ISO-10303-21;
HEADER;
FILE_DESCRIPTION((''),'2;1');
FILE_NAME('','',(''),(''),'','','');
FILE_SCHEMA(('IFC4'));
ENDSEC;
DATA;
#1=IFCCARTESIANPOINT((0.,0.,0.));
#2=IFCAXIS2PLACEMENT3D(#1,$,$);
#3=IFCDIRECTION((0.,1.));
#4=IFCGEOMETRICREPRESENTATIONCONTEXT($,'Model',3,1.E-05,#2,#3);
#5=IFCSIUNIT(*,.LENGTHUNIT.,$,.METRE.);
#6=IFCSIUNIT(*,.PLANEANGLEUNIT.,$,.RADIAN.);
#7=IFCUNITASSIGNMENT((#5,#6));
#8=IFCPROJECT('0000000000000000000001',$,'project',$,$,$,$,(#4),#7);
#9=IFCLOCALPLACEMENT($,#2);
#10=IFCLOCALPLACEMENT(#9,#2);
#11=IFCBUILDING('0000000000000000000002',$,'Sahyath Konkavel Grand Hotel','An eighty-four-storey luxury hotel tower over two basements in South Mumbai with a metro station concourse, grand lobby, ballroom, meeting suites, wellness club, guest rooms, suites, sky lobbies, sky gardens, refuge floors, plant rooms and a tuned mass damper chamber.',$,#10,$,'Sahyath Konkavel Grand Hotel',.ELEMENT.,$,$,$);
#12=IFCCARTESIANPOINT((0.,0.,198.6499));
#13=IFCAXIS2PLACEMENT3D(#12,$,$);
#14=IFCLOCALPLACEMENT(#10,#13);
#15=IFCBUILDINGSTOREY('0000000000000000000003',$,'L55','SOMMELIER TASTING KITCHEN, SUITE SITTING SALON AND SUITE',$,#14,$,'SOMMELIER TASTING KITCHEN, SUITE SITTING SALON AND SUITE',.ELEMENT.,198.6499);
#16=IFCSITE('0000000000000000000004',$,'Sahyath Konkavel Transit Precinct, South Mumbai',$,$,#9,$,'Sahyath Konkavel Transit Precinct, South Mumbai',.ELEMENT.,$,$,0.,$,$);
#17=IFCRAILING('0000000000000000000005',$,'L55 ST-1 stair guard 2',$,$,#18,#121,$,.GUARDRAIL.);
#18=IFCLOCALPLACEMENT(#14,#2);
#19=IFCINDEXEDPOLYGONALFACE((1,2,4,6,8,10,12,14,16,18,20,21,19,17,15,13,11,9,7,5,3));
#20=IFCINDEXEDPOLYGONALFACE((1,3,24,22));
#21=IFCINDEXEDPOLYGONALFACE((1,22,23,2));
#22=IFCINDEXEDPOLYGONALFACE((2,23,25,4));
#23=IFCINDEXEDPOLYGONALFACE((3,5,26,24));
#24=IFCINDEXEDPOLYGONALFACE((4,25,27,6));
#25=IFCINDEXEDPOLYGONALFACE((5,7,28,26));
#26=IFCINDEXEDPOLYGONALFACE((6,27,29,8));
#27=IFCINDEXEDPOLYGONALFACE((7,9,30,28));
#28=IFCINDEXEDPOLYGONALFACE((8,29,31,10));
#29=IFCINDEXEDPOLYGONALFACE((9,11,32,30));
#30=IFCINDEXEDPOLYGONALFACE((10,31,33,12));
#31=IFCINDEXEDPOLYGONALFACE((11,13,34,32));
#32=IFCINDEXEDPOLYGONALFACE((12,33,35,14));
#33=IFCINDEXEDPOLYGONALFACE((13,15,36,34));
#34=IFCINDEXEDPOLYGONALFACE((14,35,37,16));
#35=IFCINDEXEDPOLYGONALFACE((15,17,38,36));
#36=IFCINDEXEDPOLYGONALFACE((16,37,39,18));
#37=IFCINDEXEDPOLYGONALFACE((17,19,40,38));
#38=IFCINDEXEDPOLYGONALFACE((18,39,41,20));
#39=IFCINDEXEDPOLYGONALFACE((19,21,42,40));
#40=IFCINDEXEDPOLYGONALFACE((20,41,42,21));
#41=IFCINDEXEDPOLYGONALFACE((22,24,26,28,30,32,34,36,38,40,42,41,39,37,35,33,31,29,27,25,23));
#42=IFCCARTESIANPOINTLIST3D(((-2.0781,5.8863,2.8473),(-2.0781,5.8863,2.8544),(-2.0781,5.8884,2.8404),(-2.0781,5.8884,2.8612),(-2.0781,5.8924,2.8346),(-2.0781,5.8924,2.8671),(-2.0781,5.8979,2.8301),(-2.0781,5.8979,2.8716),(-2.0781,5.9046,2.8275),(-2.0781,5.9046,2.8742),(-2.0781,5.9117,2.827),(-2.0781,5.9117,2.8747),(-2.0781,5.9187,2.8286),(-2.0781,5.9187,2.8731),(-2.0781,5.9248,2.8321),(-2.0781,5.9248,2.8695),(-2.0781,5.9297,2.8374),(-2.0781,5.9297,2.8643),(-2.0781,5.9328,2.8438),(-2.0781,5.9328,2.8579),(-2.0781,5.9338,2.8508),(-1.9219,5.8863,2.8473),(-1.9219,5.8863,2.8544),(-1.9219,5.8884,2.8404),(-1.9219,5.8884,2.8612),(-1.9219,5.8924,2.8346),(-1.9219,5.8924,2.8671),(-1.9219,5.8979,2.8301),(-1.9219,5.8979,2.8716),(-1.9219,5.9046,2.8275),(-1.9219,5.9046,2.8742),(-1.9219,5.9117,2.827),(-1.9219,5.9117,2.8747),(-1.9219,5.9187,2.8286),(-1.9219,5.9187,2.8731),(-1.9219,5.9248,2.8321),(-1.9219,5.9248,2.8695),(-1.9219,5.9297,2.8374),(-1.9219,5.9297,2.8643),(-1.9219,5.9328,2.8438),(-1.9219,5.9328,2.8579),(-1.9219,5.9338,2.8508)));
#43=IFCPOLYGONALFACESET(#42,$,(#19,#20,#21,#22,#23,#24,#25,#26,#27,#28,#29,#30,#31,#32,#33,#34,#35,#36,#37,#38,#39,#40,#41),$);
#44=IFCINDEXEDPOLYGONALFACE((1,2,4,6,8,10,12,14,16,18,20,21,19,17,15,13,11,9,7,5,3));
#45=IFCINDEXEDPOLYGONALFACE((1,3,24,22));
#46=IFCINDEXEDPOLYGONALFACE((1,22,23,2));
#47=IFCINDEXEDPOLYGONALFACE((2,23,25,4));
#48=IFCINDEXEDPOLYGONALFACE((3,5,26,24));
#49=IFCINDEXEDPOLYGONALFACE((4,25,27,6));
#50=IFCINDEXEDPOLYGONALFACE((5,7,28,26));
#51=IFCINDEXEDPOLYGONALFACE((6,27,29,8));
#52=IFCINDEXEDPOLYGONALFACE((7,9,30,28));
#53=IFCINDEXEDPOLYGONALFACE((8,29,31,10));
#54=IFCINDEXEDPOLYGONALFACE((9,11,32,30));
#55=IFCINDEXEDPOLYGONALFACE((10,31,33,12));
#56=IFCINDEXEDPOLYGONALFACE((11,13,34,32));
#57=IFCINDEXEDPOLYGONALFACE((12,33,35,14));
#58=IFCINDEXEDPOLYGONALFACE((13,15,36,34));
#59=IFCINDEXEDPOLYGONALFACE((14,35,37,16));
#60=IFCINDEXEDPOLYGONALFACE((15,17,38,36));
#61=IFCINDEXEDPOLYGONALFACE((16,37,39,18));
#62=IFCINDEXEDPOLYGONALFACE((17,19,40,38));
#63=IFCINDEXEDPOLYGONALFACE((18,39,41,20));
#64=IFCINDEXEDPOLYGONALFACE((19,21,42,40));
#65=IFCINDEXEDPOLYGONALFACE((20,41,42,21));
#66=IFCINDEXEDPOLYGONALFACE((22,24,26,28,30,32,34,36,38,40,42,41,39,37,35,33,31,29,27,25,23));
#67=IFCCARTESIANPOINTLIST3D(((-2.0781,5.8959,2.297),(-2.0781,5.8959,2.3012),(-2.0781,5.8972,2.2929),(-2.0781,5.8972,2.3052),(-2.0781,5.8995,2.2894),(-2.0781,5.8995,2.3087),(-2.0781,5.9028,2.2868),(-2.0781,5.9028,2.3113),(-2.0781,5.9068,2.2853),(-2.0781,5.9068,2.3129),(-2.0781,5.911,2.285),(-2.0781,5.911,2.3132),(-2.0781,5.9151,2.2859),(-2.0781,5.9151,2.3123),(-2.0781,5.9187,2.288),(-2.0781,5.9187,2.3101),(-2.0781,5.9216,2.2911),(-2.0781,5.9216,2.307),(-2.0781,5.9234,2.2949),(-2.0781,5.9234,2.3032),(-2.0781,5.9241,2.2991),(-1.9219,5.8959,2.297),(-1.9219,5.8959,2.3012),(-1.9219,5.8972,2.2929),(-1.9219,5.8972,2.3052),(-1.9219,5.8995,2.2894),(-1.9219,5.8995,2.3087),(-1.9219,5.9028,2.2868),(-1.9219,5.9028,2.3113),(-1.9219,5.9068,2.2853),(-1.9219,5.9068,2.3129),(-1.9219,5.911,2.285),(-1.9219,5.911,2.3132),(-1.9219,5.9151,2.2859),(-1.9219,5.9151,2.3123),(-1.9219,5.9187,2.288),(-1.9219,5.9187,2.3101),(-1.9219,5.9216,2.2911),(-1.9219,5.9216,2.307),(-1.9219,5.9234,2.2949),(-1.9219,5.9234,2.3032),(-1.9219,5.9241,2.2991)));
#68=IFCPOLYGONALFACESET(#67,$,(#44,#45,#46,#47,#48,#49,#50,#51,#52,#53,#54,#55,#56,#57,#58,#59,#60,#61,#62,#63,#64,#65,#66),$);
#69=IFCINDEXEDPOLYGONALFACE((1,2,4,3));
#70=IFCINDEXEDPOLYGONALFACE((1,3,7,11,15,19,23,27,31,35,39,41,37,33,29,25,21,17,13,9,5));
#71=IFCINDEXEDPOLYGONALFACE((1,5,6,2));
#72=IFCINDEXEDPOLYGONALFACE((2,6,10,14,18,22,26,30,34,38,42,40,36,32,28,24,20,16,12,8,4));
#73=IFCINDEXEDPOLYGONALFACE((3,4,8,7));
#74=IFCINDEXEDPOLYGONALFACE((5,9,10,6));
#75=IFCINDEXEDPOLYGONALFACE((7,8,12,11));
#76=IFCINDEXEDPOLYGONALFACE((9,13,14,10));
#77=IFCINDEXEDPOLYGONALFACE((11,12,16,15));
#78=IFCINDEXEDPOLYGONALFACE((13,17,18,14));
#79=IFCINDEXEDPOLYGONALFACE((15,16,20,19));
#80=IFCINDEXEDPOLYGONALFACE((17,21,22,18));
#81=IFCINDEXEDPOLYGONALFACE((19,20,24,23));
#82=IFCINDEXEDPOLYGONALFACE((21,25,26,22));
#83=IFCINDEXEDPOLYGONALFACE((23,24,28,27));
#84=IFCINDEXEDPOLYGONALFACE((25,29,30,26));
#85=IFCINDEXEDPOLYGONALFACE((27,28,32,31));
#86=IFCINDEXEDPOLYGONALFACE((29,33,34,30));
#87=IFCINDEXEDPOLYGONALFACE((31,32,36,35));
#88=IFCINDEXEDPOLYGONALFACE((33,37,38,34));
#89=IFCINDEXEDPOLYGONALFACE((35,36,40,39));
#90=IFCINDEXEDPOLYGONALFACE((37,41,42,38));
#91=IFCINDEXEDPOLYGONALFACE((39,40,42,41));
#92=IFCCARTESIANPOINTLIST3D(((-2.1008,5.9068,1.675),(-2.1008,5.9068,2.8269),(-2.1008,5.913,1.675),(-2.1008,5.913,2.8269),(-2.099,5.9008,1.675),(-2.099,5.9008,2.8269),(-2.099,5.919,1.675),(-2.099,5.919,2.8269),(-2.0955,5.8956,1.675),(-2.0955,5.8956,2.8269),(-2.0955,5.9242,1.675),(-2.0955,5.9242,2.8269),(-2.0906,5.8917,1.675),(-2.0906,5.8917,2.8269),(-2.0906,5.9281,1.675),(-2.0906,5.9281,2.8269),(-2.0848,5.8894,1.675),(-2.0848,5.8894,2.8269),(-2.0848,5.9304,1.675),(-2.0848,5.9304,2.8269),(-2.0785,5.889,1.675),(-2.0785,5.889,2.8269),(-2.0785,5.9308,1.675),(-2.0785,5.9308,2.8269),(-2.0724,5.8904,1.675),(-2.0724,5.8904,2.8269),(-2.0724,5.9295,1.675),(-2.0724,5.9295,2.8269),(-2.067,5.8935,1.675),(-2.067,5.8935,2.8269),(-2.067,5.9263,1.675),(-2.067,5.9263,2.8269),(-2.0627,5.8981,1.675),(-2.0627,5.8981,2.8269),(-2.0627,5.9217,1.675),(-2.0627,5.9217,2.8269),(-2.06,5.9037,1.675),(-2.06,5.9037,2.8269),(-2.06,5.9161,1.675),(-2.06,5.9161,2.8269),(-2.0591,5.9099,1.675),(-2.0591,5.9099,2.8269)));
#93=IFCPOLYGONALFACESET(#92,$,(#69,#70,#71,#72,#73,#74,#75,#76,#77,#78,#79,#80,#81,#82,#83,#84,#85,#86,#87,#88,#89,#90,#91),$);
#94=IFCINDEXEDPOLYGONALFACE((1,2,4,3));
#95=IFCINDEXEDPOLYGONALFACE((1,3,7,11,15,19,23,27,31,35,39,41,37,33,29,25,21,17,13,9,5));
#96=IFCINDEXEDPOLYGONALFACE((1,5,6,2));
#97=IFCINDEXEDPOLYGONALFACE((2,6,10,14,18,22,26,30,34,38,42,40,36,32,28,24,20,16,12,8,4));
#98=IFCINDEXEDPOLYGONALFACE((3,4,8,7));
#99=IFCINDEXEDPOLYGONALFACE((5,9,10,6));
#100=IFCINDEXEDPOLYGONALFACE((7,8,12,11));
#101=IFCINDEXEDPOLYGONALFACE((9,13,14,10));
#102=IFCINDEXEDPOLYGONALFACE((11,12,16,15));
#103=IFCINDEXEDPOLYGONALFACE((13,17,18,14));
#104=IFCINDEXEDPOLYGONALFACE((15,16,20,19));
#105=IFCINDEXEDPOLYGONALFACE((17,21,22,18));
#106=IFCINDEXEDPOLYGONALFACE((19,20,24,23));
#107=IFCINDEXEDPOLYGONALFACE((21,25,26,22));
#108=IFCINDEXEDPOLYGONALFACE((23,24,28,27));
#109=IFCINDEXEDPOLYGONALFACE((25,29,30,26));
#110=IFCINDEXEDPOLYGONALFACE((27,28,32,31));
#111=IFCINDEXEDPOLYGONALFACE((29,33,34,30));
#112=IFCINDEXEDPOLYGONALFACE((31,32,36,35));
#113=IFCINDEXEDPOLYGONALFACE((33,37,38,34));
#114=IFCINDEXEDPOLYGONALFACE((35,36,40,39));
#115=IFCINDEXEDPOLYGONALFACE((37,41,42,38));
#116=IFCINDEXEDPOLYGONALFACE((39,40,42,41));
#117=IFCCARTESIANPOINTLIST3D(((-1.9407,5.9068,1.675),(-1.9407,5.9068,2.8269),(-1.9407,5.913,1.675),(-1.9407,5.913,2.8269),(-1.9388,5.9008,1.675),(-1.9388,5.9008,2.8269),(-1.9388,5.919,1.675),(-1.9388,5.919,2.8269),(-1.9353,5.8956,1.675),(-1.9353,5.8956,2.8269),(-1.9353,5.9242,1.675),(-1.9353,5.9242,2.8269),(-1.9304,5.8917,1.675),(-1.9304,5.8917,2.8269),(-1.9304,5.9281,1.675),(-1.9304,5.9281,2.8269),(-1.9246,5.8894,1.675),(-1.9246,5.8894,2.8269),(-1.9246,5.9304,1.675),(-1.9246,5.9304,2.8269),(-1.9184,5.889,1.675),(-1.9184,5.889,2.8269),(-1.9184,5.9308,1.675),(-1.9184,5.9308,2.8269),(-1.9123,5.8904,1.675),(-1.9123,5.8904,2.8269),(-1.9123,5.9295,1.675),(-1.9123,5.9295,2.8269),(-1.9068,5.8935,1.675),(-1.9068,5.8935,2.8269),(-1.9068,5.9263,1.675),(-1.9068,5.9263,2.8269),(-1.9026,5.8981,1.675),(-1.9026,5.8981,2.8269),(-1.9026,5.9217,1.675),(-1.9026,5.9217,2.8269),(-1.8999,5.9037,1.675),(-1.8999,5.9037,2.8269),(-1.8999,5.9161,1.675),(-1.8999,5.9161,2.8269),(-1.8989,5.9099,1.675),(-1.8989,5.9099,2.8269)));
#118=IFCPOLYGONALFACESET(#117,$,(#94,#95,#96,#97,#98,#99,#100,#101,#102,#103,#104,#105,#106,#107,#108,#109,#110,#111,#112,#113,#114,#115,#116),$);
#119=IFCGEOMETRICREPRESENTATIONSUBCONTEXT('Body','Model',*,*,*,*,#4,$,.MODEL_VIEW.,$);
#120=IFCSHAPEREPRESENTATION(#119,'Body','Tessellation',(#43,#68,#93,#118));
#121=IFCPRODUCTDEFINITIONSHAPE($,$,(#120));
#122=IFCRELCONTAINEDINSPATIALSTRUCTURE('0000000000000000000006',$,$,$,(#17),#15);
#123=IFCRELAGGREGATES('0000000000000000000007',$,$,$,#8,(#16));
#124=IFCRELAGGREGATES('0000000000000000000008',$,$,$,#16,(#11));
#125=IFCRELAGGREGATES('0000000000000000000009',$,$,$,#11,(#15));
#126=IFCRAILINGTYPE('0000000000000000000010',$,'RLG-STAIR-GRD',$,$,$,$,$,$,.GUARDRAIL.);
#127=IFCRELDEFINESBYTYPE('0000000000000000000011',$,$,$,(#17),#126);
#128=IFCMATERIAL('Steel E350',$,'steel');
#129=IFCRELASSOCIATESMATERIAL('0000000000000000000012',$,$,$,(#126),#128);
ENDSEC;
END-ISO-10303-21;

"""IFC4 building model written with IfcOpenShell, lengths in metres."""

from ifc_helpers import new_model, si_unit, direction, frame, origin, origin_2d, place, context, subcontext, project, spatial, circle, extrude, material, type_object, element, save


model = new_model("IFC4")

# Units and contexts
model_context = context("Model", 3, precision=1e-05, world=origin(), true_north=direction((0.0, 1.0)))
body_context = subcontext(model_context, "Body", "Model", "MODEL_VIEW")
ifc_project = project(units=[si_unit("LENGTHUNIT", "METRE"), si_unit("PLANEANGLEUNIT", "RADIAN")], contexts=[model_context])

# Site, building, storey
site_placement = place(None, origin())
site = spatial("IfcSite", under=ifc_project, at=site_placement, Name="Sahyath Konkavel Transit Precinct, South Mumbai", LongName="Sahyath Konkavel Transit Precinct, South Mumbai", CompositionType="ELEMENT", RefElevation=0.0)
building_placement = place(site_placement, origin())
building = spatial("IfcBuilding", under=site, at=building_placement, Name="Sahyath Konkavel Grand Hotel", Description="An eighty-four-storey luxury hotel tower over two basements in South Mumbai with a metro station concourse, grand lobby, ballroom, meeting suites, wellness club, guest rooms, suites, sky lobbies, sky gardens, refuge floors, plant rooms and a tuned mass damper chamber.", LongName="Sahyath Konkavel Grand Hotel", CompositionType="ELEMENT")
storey_placement = place(building_placement, frame((0.0, 0.0, 198.6499)))
storey = spatial("IfcBuildingStorey", under=building, at=storey_placement, Name="L55", Description="SOMMELIER TASTING KITCHEN, SUITE SITTING SALON AND SUITE", LongName="SOMMELIER TASTING KITCHEN, SUITE SITTING SALON AND SUITE", CompositionType="ELEMENT", Elevation=198.6499)

# Shared definitions
ifc_material_1 = material(Name="Steel E350", Category="steel")

# Railing
railing_type_1 = type_object("IfcRailingType", Name="RLG-STAIR-GRD", PredefinedType="GUARDRAIL", material=ifc_material_1)
railing_1_placement = place(storey_placement, frame((-2.0801, 5.9099, 1.675)))
element("IfcRailing", 1, at=railing_1_placement, inside=storey, type_object=railing_type_1, Name="L55 ST-1 stair guard 2", PredefinedType="GUARDRAIL", context=body_context, shape_type="SweptSolid", body=[
    extrude(circle(Radius=0.0239, at=origin_2d()), frame((0.002, 0.0, 1.1758), z_axis=(1.0, 0.0, 0.0), x_axis=(0.0, 1.0, 0.0)), (0.0, 0.0, 1.0), 0.1562),
    extrude(circle(Radius=0.0142, at=origin_2d()), frame((0.002, 0.0, 0.624), z_axis=(1.0, 0.0, 0.0), x_axis=(0.0, 1.0, 0.0)), (0.0, 0.0, 1.0), 0.1562),
    extrude(circle(Radius=0.021, at=origin_2d()), origin(), (0.0, 0.0, 1.0), 1.1519),
    extrude(circle(Radius=0.021, at=origin_2d()), frame((0.1602, 0.0, 0.0)), (0.0, 0.0, 1.0), 1.1519),
])

save(model, "model.ifc")
